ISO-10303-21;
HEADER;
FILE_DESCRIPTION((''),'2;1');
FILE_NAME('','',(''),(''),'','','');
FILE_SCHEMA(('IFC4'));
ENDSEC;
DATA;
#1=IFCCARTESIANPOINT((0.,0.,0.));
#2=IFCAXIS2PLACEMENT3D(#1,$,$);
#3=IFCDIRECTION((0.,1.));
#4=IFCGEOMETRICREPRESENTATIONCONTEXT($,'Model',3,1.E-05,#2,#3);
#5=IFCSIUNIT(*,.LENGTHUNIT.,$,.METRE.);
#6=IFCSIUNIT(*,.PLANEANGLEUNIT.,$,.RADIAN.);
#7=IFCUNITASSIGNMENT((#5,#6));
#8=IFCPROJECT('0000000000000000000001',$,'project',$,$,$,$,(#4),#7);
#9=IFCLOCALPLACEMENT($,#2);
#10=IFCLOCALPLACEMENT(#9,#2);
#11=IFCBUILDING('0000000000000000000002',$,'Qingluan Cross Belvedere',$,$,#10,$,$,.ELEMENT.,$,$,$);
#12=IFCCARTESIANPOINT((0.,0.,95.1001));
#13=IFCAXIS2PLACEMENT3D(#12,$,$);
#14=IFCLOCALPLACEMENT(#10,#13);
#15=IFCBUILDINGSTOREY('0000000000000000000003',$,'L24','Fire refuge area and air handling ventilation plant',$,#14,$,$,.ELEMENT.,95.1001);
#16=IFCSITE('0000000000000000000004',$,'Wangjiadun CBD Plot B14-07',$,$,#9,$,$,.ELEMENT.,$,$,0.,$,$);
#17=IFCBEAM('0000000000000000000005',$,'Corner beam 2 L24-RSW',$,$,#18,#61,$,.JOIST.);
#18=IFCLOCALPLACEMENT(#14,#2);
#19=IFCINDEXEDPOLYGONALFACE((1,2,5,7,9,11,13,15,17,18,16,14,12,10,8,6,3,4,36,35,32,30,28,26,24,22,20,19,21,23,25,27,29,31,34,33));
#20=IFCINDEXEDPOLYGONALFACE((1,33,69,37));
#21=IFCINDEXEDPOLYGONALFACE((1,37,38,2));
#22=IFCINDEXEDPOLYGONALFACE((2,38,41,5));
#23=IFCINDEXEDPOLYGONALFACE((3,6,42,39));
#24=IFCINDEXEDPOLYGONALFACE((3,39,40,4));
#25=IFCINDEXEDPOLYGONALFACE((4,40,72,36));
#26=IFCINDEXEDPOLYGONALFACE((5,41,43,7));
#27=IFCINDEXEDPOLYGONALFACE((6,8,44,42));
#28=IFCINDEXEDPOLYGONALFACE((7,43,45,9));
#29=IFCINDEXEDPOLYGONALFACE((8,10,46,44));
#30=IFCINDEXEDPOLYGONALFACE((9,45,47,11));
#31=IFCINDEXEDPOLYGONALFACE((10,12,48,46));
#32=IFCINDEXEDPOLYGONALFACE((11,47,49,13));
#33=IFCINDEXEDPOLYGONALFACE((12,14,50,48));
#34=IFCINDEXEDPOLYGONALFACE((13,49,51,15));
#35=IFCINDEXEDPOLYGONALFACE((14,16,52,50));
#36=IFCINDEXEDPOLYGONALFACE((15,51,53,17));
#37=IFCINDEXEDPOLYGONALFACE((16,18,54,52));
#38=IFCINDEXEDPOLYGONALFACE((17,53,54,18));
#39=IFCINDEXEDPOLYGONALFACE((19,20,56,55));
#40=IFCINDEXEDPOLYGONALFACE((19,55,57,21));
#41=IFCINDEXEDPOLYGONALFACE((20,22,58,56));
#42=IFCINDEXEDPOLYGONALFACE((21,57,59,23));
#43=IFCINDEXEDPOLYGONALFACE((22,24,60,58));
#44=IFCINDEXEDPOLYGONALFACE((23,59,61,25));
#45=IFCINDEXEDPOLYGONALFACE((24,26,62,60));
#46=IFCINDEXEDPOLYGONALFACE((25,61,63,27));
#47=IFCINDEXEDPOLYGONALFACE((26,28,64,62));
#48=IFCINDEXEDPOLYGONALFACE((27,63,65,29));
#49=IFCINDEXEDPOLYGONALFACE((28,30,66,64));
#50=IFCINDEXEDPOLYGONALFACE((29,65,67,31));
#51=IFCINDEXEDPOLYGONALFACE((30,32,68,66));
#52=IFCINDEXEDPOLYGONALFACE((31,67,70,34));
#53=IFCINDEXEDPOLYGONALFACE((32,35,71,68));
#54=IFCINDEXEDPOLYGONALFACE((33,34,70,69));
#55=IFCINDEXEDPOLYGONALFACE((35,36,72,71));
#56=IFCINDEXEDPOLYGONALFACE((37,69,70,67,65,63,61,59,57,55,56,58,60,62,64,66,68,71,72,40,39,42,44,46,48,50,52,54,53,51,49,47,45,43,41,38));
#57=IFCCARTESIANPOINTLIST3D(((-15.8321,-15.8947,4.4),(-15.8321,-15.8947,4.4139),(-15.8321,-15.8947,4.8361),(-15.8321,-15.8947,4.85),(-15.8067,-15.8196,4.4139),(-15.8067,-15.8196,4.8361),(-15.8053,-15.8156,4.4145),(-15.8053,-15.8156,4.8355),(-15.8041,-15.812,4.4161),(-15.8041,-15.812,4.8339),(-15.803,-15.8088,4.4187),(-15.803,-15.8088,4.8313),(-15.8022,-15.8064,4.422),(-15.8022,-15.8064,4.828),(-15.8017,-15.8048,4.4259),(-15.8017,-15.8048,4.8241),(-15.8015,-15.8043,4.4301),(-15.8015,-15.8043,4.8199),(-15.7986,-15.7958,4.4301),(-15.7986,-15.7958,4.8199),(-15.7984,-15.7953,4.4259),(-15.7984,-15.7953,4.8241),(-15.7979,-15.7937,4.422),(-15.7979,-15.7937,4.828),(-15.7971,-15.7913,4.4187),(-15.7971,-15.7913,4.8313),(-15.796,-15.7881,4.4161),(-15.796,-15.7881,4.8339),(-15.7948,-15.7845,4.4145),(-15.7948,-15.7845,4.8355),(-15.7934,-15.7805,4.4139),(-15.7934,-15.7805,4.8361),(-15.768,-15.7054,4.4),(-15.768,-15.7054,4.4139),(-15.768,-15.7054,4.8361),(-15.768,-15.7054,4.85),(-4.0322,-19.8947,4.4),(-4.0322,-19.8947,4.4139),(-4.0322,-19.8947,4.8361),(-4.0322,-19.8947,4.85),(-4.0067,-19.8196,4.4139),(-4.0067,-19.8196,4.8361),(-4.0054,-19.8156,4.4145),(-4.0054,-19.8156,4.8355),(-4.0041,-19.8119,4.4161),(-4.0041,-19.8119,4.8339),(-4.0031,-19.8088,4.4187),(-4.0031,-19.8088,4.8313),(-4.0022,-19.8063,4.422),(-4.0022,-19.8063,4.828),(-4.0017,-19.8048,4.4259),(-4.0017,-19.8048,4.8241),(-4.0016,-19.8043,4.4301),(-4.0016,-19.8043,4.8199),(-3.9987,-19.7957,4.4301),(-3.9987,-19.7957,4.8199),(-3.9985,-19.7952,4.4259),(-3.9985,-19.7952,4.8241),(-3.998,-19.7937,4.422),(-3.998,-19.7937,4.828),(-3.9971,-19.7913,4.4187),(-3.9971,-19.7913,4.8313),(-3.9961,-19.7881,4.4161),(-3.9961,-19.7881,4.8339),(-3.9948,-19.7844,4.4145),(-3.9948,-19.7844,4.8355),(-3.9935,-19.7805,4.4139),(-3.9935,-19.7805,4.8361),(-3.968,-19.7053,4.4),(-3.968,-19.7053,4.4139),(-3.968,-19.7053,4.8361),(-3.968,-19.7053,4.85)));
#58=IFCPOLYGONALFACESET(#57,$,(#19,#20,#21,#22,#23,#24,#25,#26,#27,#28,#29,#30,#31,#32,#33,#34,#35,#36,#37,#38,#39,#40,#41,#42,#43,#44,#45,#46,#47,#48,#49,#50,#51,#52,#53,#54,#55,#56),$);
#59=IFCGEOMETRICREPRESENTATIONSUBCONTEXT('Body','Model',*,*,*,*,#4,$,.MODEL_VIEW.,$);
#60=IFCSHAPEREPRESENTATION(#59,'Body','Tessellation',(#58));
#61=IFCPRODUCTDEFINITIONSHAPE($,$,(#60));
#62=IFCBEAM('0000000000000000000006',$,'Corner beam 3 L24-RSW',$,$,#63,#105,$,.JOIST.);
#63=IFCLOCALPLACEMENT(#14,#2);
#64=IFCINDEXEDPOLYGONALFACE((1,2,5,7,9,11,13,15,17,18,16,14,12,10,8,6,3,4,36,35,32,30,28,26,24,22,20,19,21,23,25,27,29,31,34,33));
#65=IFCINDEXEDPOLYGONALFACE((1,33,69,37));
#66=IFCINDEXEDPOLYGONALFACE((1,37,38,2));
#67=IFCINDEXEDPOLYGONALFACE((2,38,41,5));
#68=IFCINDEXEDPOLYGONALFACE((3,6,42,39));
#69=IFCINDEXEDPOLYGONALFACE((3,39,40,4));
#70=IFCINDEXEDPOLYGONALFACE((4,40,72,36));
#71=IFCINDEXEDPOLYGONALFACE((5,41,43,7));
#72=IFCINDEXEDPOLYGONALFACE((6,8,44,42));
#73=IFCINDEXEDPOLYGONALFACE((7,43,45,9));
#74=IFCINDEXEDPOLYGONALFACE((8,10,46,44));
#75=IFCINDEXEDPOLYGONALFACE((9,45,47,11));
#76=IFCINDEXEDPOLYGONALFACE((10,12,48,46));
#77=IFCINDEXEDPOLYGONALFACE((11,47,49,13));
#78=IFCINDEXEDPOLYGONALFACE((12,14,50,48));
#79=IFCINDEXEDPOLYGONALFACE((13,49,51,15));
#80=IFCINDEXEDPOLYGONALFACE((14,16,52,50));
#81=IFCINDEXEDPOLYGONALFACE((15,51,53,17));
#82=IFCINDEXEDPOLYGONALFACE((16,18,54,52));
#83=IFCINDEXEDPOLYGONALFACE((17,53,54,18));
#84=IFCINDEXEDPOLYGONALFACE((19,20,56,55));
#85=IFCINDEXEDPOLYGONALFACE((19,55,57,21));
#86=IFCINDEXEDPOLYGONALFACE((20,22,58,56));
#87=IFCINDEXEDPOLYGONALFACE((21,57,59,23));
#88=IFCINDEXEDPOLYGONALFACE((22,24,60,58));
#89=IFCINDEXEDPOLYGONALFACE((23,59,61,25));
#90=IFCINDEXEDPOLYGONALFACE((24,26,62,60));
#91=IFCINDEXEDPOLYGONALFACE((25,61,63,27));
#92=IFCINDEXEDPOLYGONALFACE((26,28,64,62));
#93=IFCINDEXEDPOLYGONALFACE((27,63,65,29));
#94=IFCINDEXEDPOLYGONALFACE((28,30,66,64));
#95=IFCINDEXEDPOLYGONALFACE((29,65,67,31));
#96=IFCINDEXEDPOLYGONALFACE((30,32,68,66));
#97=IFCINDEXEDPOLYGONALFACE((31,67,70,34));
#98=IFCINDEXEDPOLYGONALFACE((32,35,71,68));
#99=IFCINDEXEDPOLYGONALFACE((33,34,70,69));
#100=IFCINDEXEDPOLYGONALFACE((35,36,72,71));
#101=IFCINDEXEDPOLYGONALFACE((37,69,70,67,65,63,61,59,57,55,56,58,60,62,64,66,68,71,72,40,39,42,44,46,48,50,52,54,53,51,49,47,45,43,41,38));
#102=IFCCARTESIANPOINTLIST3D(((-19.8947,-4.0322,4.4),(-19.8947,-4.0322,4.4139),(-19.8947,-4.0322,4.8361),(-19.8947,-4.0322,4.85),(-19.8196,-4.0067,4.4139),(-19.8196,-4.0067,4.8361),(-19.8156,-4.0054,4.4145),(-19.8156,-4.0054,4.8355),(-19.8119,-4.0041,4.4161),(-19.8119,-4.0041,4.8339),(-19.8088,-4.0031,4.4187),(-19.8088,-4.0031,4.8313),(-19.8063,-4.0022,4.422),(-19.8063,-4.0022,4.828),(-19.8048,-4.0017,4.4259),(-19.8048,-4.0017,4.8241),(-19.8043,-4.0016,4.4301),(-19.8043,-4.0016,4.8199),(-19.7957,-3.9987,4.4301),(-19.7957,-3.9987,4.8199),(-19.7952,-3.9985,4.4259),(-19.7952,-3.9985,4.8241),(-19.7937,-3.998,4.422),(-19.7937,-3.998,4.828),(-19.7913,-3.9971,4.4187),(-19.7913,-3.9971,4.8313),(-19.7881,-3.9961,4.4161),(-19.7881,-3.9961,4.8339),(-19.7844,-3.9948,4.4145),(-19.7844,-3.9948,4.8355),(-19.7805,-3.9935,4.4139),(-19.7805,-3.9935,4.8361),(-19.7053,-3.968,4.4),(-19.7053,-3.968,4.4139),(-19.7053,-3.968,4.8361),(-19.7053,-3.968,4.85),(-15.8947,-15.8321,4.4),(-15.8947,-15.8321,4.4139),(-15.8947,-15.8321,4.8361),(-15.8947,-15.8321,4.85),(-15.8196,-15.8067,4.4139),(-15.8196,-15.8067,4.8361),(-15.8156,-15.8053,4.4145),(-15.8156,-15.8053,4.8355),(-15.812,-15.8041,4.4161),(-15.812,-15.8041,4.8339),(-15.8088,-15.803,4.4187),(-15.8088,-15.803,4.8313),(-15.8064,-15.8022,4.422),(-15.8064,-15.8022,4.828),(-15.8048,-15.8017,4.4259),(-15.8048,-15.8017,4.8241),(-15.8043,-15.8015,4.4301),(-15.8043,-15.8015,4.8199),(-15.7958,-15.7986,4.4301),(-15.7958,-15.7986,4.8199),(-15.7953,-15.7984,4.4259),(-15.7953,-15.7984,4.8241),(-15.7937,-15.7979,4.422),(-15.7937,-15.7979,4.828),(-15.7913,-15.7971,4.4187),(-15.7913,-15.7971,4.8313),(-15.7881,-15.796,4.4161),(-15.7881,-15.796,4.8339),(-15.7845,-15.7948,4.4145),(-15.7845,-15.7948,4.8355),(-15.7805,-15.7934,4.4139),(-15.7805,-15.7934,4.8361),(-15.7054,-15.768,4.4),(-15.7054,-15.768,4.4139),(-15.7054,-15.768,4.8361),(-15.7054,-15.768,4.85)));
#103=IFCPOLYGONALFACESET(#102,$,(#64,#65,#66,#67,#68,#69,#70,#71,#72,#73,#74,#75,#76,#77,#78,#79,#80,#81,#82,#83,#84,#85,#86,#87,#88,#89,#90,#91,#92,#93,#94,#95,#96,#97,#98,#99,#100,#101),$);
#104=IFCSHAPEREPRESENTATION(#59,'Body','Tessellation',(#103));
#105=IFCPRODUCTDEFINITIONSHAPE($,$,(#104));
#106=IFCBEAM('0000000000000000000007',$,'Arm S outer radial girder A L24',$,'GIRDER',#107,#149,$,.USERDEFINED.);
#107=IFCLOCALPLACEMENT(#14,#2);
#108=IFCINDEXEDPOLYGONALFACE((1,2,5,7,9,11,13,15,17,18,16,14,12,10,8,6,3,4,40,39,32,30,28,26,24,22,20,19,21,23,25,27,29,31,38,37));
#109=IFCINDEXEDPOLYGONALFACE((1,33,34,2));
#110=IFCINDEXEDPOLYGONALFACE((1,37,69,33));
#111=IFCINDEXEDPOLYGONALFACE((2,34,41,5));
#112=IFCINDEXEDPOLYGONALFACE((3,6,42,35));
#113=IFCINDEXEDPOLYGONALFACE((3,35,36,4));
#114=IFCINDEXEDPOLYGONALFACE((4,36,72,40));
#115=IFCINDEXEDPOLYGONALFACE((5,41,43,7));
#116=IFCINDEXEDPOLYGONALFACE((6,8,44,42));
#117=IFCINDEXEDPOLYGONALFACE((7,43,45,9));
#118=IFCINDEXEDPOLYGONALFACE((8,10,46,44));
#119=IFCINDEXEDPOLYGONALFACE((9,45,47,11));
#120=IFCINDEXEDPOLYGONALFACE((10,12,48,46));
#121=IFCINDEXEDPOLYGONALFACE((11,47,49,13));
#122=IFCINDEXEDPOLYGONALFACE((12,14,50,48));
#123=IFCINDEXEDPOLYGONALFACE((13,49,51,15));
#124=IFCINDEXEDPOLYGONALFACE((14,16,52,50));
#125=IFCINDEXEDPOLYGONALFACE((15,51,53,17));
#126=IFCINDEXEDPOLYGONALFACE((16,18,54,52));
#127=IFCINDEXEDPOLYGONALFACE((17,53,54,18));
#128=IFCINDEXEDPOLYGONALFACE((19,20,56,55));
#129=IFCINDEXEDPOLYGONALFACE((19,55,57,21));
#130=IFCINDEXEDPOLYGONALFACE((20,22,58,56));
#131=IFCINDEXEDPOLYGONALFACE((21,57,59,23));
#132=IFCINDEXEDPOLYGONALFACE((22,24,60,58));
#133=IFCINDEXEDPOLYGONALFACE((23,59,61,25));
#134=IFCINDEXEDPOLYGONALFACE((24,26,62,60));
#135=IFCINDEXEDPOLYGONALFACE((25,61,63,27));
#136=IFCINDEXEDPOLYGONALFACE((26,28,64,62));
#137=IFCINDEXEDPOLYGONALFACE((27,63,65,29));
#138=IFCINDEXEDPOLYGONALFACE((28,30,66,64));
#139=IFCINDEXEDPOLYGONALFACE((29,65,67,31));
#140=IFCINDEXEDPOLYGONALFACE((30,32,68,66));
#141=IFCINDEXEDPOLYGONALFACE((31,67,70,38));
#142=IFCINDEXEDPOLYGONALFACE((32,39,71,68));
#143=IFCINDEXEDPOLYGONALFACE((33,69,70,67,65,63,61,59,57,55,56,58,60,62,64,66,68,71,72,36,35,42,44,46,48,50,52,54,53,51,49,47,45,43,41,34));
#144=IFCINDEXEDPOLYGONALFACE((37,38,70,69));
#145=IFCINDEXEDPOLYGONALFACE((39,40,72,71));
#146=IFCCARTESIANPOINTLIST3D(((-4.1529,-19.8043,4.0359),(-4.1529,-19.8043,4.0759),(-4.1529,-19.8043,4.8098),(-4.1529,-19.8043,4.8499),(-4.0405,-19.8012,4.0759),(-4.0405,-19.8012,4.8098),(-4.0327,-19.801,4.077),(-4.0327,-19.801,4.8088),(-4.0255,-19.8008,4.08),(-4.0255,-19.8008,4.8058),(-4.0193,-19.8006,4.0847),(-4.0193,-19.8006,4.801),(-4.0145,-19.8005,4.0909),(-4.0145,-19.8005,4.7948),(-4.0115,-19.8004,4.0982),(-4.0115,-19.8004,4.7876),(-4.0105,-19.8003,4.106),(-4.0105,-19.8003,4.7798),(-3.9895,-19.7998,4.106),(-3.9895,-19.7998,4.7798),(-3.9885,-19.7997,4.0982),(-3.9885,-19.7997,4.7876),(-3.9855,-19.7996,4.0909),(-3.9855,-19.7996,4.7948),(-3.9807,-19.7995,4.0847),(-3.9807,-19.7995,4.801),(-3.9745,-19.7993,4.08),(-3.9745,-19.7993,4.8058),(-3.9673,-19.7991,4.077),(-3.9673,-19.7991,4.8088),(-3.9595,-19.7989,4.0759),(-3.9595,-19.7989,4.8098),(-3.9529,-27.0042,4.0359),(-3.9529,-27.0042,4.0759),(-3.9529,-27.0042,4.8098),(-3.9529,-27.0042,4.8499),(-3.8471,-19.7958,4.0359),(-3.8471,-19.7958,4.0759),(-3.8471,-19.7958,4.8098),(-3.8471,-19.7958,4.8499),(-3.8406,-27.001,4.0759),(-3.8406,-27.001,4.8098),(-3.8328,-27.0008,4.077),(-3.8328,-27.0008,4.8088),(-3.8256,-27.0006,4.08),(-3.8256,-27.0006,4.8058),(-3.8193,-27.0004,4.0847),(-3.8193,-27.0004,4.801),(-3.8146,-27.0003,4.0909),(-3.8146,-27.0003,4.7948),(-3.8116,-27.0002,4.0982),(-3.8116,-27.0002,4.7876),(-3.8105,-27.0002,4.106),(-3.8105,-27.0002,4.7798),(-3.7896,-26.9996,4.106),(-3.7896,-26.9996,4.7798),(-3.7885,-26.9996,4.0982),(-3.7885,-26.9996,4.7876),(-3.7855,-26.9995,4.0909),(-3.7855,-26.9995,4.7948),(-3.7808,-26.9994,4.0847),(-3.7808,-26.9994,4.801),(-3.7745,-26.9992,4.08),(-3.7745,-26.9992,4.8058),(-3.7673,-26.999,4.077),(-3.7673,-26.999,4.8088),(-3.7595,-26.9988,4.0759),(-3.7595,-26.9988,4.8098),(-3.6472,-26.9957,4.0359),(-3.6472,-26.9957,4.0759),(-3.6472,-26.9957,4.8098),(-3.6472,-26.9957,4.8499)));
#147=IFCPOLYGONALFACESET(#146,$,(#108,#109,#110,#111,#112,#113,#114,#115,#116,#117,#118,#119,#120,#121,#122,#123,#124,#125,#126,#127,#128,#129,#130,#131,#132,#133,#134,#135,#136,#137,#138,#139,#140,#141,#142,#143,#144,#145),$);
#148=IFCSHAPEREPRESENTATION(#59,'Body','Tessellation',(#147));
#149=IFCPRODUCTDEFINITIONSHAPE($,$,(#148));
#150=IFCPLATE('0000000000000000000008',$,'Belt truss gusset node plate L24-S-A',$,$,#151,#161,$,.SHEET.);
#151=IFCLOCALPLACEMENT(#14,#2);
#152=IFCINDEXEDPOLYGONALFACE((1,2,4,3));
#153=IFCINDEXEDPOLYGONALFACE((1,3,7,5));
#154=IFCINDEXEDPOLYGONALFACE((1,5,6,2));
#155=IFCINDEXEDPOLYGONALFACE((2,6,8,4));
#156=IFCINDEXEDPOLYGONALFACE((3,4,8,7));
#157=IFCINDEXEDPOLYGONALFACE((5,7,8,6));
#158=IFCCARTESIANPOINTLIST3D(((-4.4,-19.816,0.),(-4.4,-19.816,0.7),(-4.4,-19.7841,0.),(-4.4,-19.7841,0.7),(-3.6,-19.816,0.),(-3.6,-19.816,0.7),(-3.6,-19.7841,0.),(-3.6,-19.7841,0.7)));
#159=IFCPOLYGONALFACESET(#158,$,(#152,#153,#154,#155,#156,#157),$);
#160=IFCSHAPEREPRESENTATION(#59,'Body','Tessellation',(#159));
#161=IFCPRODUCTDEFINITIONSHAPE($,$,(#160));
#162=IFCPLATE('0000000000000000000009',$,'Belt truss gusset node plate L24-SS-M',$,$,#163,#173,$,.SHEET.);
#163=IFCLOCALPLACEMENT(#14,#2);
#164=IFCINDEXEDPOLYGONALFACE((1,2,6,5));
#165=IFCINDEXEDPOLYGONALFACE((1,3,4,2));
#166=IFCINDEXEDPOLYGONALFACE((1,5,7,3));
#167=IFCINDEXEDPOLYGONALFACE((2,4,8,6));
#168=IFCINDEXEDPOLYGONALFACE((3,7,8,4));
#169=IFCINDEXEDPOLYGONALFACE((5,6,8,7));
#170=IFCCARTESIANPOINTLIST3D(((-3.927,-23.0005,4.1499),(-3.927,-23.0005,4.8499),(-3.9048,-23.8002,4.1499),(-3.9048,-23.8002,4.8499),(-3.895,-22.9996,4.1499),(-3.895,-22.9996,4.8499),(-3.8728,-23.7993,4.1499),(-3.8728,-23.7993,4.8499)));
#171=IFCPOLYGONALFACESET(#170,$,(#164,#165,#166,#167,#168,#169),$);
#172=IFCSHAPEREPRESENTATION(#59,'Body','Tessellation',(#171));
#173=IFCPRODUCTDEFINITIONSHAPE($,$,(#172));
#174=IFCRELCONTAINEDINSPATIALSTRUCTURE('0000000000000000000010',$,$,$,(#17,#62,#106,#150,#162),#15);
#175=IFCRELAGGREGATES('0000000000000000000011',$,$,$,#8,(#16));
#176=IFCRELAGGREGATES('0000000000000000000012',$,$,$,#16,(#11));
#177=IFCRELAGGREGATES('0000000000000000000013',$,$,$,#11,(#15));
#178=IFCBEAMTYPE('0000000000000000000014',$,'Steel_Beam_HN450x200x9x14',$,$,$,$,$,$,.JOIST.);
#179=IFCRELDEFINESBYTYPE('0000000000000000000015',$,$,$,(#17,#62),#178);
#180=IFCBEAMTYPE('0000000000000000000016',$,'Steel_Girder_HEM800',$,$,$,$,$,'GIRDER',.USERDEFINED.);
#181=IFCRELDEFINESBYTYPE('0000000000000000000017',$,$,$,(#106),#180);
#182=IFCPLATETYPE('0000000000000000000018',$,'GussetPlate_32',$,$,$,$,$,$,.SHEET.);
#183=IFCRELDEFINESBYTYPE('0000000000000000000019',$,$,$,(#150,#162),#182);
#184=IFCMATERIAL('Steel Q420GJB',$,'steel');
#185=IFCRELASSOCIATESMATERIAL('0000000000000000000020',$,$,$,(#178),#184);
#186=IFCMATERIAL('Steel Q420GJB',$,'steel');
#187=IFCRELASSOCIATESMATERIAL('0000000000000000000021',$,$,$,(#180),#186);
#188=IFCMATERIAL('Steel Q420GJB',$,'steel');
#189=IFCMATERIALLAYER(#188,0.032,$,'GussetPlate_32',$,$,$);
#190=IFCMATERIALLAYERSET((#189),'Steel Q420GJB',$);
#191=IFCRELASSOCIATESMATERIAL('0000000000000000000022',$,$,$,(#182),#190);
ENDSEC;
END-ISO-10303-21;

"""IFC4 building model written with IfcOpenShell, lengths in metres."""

from ifc_helpers import new_model, si_unit, direction, frame, origin, origin_2d, place, context, subcontext, project, spatial, rectangle, i_section, extrude, material, layer, layer_set, material_profile, profile_set, type_object, element, save


model = new_model("IFC4")

# Units and contexts
model_context = context("Model", 3, precision=1e-05, world=origin(), true_north=direction((0.0, 1.0)))
body_context = subcontext(model_context, "Body", "Model", "MODEL_VIEW")
ifc_project = project(units=[si_unit("LENGTHUNIT", "METRE"), si_unit("PLANEANGLEUNIT", "RADIAN")], contexts=[model_context])

# Site, building, storey
site_placement = place(None, origin())
site = spatial("IfcSite", under=ifc_project, at=site_placement, Name="Wangjiadun CBD Plot B14-07", CompositionType="ELEMENT", RefElevation=0.0)
building_placement = place(site_placement, origin())
building = spatial("IfcBuilding", under=site, at=building_placement, Name="Qingluan Cross Belvedere", CompositionType="ELEMENT")
storey_placement = place(building_placement, frame((0.0, 0.0, 95.1001)))
storey = spatial("IfcBuildingStorey", under=building, at=storey_placement, Name="L24", Description="Fire refuge area and air handling ventilation plant", CompositionType="ELEMENT", Elevation=95.1001)

# Beams
ifc_material_1 = material(Name="Steel Q420GJB", Category="steel")
ifc_material_profile_1 = material_profile(ifc_material_1, i_section(OverallWidth=0.2, OverallDepth=0.45, WebThickness=0.009, FlangeThickness=0.0139, FilletRadius=0.0161, at=origin_2d()), Name="HN450x200x9x14")
ifc_profile_set_1 = profile_set([ifc_material_profile_1], Name="Steel Q420GJB")
beam_type_1 = type_object("IfcBeamType", Name="Steel_Beam_HN450x200x9x14", PredefinedType="JOIST", material=ifc_profile_set_1)
for number, where, z_axis, x_axis, name in (
    (1, (-15.8, -15.8, 4.625), (0.947066, -0.321038, 0.0), (0.321038, 0.947066, 0.0), "Corner beam 2 L24-RSW"),
    (2, (-15.8, -15.8, 4.625), (-0.321038, 0.947066, 0.0), (-0.947066, -0.321038, 0.0), "Corner beam 3 L24-RSW"),
):
    element("IfcBeam", number, at=place(storey_placement, frame(where, z_axis=z_axis, x_axis=x_axis)), inside=storey, type_object=beam_type_1, Name=name, PredefinedType="JOIST", context=body_context, shape_type="SweptSolid", body=[
        extrude(i_section(OverallWidth=0.2, OverallDepth=0.45, WebThickness=0.009, FlangeThickness=0.0139, FilletRadius=0.0161, at=origin_2d()), origin(), (0.0, 0.0, 1.0), 12.4595),
    ])
ifc_material_2 = material(Name="Steel Q420GJB", Category="steel")
ifc_material_profile_2 = material_profile(ifc_material_2, i_section(OverallWidth=0.3059, OverallDepth=0.814, WebThickness=0.021, FlangeThickness=0.04, FilletRadius=0.03, at=origin_2d()), Name="HEM800")
ifc_profile_set_2 = profile_set([ifc_material_profile_2], Name="Steel Q420GJB")
beam_type_2 = type_object("IfcBeamType", Name="Steel_Girder_HEM800", ElementType="GIRDER", PredefinedType="USERDEFINED", material=ifc_profile_set_2)
beam_placement = place(storey_placement, frame((-4.0, -19.8, 4.4429), z_axis=(0.02776, -0.999615, 0.0), x_axis=(0.999615, 0.02776, 0.0)))
element("IfcBeam", 3, at=beam_placement, inside=storey, type_object=beam_type_2, Name="Arm S outer radial girder A L24", ObjectType="GIRDER", PredefinedType="USERDEFINED", context=body_context, shape_type="SweptSolid", body=[
    extrude(i_section(OverallWidth=0.3059, OverallDepth=0.814, WebThickness=0.021, FlangeThickness=0.04, FilletRadius=0.03, at=origin_2d()), origin(), (0.0, 0.0, 1.0), 7.2026),
])

# Plates
ifc_material_3 = material(Name="Steel Q420GJB", Category="steel")
ifc_layer_1 = layer(ifc_material_3, 0.032, Name="GussetPlate_32")
ifc_layer_set_1 = layer_set([ifc_layer_1], Name="Steel Q420GJB")
plate_type = type_object("IfcPlateType", Name="GussetPlate_32", PredefinedType="SHEET", material=ifc_layer_set_1)
for number, where, z_axis, x_axis, name in (
    (4, (-4.0, -19.8, 0.0), (0.0, 0.0, 1.0), (1.0, 0.0, 0.0), "Belt truss gusset node plate L24-S-A"),
    (5, (-3.8999, -23.3999, 4.1499), (0.0, 0.0, 1.0), (0.027767, -0.999614, 0.0), "Belt truss gusset node plate L24-SS-M"),
):
    element("IfcPlate", number, at=place(storey_placement, frame(where, z_axis=z_axis, x_axis=x_axis)), inside=storey, type_object=plate_type, Name=name, PredefinedType="SHEET", context=body_context, shape_type="SweptSolid", body=[
        extrude(rectangle(XDim=0.8, YDim=0.032, at=origin_2d()), origin(), (0.0, 0.0, 1.0), 0.7),
    ])

save(model, "model.ifc")
